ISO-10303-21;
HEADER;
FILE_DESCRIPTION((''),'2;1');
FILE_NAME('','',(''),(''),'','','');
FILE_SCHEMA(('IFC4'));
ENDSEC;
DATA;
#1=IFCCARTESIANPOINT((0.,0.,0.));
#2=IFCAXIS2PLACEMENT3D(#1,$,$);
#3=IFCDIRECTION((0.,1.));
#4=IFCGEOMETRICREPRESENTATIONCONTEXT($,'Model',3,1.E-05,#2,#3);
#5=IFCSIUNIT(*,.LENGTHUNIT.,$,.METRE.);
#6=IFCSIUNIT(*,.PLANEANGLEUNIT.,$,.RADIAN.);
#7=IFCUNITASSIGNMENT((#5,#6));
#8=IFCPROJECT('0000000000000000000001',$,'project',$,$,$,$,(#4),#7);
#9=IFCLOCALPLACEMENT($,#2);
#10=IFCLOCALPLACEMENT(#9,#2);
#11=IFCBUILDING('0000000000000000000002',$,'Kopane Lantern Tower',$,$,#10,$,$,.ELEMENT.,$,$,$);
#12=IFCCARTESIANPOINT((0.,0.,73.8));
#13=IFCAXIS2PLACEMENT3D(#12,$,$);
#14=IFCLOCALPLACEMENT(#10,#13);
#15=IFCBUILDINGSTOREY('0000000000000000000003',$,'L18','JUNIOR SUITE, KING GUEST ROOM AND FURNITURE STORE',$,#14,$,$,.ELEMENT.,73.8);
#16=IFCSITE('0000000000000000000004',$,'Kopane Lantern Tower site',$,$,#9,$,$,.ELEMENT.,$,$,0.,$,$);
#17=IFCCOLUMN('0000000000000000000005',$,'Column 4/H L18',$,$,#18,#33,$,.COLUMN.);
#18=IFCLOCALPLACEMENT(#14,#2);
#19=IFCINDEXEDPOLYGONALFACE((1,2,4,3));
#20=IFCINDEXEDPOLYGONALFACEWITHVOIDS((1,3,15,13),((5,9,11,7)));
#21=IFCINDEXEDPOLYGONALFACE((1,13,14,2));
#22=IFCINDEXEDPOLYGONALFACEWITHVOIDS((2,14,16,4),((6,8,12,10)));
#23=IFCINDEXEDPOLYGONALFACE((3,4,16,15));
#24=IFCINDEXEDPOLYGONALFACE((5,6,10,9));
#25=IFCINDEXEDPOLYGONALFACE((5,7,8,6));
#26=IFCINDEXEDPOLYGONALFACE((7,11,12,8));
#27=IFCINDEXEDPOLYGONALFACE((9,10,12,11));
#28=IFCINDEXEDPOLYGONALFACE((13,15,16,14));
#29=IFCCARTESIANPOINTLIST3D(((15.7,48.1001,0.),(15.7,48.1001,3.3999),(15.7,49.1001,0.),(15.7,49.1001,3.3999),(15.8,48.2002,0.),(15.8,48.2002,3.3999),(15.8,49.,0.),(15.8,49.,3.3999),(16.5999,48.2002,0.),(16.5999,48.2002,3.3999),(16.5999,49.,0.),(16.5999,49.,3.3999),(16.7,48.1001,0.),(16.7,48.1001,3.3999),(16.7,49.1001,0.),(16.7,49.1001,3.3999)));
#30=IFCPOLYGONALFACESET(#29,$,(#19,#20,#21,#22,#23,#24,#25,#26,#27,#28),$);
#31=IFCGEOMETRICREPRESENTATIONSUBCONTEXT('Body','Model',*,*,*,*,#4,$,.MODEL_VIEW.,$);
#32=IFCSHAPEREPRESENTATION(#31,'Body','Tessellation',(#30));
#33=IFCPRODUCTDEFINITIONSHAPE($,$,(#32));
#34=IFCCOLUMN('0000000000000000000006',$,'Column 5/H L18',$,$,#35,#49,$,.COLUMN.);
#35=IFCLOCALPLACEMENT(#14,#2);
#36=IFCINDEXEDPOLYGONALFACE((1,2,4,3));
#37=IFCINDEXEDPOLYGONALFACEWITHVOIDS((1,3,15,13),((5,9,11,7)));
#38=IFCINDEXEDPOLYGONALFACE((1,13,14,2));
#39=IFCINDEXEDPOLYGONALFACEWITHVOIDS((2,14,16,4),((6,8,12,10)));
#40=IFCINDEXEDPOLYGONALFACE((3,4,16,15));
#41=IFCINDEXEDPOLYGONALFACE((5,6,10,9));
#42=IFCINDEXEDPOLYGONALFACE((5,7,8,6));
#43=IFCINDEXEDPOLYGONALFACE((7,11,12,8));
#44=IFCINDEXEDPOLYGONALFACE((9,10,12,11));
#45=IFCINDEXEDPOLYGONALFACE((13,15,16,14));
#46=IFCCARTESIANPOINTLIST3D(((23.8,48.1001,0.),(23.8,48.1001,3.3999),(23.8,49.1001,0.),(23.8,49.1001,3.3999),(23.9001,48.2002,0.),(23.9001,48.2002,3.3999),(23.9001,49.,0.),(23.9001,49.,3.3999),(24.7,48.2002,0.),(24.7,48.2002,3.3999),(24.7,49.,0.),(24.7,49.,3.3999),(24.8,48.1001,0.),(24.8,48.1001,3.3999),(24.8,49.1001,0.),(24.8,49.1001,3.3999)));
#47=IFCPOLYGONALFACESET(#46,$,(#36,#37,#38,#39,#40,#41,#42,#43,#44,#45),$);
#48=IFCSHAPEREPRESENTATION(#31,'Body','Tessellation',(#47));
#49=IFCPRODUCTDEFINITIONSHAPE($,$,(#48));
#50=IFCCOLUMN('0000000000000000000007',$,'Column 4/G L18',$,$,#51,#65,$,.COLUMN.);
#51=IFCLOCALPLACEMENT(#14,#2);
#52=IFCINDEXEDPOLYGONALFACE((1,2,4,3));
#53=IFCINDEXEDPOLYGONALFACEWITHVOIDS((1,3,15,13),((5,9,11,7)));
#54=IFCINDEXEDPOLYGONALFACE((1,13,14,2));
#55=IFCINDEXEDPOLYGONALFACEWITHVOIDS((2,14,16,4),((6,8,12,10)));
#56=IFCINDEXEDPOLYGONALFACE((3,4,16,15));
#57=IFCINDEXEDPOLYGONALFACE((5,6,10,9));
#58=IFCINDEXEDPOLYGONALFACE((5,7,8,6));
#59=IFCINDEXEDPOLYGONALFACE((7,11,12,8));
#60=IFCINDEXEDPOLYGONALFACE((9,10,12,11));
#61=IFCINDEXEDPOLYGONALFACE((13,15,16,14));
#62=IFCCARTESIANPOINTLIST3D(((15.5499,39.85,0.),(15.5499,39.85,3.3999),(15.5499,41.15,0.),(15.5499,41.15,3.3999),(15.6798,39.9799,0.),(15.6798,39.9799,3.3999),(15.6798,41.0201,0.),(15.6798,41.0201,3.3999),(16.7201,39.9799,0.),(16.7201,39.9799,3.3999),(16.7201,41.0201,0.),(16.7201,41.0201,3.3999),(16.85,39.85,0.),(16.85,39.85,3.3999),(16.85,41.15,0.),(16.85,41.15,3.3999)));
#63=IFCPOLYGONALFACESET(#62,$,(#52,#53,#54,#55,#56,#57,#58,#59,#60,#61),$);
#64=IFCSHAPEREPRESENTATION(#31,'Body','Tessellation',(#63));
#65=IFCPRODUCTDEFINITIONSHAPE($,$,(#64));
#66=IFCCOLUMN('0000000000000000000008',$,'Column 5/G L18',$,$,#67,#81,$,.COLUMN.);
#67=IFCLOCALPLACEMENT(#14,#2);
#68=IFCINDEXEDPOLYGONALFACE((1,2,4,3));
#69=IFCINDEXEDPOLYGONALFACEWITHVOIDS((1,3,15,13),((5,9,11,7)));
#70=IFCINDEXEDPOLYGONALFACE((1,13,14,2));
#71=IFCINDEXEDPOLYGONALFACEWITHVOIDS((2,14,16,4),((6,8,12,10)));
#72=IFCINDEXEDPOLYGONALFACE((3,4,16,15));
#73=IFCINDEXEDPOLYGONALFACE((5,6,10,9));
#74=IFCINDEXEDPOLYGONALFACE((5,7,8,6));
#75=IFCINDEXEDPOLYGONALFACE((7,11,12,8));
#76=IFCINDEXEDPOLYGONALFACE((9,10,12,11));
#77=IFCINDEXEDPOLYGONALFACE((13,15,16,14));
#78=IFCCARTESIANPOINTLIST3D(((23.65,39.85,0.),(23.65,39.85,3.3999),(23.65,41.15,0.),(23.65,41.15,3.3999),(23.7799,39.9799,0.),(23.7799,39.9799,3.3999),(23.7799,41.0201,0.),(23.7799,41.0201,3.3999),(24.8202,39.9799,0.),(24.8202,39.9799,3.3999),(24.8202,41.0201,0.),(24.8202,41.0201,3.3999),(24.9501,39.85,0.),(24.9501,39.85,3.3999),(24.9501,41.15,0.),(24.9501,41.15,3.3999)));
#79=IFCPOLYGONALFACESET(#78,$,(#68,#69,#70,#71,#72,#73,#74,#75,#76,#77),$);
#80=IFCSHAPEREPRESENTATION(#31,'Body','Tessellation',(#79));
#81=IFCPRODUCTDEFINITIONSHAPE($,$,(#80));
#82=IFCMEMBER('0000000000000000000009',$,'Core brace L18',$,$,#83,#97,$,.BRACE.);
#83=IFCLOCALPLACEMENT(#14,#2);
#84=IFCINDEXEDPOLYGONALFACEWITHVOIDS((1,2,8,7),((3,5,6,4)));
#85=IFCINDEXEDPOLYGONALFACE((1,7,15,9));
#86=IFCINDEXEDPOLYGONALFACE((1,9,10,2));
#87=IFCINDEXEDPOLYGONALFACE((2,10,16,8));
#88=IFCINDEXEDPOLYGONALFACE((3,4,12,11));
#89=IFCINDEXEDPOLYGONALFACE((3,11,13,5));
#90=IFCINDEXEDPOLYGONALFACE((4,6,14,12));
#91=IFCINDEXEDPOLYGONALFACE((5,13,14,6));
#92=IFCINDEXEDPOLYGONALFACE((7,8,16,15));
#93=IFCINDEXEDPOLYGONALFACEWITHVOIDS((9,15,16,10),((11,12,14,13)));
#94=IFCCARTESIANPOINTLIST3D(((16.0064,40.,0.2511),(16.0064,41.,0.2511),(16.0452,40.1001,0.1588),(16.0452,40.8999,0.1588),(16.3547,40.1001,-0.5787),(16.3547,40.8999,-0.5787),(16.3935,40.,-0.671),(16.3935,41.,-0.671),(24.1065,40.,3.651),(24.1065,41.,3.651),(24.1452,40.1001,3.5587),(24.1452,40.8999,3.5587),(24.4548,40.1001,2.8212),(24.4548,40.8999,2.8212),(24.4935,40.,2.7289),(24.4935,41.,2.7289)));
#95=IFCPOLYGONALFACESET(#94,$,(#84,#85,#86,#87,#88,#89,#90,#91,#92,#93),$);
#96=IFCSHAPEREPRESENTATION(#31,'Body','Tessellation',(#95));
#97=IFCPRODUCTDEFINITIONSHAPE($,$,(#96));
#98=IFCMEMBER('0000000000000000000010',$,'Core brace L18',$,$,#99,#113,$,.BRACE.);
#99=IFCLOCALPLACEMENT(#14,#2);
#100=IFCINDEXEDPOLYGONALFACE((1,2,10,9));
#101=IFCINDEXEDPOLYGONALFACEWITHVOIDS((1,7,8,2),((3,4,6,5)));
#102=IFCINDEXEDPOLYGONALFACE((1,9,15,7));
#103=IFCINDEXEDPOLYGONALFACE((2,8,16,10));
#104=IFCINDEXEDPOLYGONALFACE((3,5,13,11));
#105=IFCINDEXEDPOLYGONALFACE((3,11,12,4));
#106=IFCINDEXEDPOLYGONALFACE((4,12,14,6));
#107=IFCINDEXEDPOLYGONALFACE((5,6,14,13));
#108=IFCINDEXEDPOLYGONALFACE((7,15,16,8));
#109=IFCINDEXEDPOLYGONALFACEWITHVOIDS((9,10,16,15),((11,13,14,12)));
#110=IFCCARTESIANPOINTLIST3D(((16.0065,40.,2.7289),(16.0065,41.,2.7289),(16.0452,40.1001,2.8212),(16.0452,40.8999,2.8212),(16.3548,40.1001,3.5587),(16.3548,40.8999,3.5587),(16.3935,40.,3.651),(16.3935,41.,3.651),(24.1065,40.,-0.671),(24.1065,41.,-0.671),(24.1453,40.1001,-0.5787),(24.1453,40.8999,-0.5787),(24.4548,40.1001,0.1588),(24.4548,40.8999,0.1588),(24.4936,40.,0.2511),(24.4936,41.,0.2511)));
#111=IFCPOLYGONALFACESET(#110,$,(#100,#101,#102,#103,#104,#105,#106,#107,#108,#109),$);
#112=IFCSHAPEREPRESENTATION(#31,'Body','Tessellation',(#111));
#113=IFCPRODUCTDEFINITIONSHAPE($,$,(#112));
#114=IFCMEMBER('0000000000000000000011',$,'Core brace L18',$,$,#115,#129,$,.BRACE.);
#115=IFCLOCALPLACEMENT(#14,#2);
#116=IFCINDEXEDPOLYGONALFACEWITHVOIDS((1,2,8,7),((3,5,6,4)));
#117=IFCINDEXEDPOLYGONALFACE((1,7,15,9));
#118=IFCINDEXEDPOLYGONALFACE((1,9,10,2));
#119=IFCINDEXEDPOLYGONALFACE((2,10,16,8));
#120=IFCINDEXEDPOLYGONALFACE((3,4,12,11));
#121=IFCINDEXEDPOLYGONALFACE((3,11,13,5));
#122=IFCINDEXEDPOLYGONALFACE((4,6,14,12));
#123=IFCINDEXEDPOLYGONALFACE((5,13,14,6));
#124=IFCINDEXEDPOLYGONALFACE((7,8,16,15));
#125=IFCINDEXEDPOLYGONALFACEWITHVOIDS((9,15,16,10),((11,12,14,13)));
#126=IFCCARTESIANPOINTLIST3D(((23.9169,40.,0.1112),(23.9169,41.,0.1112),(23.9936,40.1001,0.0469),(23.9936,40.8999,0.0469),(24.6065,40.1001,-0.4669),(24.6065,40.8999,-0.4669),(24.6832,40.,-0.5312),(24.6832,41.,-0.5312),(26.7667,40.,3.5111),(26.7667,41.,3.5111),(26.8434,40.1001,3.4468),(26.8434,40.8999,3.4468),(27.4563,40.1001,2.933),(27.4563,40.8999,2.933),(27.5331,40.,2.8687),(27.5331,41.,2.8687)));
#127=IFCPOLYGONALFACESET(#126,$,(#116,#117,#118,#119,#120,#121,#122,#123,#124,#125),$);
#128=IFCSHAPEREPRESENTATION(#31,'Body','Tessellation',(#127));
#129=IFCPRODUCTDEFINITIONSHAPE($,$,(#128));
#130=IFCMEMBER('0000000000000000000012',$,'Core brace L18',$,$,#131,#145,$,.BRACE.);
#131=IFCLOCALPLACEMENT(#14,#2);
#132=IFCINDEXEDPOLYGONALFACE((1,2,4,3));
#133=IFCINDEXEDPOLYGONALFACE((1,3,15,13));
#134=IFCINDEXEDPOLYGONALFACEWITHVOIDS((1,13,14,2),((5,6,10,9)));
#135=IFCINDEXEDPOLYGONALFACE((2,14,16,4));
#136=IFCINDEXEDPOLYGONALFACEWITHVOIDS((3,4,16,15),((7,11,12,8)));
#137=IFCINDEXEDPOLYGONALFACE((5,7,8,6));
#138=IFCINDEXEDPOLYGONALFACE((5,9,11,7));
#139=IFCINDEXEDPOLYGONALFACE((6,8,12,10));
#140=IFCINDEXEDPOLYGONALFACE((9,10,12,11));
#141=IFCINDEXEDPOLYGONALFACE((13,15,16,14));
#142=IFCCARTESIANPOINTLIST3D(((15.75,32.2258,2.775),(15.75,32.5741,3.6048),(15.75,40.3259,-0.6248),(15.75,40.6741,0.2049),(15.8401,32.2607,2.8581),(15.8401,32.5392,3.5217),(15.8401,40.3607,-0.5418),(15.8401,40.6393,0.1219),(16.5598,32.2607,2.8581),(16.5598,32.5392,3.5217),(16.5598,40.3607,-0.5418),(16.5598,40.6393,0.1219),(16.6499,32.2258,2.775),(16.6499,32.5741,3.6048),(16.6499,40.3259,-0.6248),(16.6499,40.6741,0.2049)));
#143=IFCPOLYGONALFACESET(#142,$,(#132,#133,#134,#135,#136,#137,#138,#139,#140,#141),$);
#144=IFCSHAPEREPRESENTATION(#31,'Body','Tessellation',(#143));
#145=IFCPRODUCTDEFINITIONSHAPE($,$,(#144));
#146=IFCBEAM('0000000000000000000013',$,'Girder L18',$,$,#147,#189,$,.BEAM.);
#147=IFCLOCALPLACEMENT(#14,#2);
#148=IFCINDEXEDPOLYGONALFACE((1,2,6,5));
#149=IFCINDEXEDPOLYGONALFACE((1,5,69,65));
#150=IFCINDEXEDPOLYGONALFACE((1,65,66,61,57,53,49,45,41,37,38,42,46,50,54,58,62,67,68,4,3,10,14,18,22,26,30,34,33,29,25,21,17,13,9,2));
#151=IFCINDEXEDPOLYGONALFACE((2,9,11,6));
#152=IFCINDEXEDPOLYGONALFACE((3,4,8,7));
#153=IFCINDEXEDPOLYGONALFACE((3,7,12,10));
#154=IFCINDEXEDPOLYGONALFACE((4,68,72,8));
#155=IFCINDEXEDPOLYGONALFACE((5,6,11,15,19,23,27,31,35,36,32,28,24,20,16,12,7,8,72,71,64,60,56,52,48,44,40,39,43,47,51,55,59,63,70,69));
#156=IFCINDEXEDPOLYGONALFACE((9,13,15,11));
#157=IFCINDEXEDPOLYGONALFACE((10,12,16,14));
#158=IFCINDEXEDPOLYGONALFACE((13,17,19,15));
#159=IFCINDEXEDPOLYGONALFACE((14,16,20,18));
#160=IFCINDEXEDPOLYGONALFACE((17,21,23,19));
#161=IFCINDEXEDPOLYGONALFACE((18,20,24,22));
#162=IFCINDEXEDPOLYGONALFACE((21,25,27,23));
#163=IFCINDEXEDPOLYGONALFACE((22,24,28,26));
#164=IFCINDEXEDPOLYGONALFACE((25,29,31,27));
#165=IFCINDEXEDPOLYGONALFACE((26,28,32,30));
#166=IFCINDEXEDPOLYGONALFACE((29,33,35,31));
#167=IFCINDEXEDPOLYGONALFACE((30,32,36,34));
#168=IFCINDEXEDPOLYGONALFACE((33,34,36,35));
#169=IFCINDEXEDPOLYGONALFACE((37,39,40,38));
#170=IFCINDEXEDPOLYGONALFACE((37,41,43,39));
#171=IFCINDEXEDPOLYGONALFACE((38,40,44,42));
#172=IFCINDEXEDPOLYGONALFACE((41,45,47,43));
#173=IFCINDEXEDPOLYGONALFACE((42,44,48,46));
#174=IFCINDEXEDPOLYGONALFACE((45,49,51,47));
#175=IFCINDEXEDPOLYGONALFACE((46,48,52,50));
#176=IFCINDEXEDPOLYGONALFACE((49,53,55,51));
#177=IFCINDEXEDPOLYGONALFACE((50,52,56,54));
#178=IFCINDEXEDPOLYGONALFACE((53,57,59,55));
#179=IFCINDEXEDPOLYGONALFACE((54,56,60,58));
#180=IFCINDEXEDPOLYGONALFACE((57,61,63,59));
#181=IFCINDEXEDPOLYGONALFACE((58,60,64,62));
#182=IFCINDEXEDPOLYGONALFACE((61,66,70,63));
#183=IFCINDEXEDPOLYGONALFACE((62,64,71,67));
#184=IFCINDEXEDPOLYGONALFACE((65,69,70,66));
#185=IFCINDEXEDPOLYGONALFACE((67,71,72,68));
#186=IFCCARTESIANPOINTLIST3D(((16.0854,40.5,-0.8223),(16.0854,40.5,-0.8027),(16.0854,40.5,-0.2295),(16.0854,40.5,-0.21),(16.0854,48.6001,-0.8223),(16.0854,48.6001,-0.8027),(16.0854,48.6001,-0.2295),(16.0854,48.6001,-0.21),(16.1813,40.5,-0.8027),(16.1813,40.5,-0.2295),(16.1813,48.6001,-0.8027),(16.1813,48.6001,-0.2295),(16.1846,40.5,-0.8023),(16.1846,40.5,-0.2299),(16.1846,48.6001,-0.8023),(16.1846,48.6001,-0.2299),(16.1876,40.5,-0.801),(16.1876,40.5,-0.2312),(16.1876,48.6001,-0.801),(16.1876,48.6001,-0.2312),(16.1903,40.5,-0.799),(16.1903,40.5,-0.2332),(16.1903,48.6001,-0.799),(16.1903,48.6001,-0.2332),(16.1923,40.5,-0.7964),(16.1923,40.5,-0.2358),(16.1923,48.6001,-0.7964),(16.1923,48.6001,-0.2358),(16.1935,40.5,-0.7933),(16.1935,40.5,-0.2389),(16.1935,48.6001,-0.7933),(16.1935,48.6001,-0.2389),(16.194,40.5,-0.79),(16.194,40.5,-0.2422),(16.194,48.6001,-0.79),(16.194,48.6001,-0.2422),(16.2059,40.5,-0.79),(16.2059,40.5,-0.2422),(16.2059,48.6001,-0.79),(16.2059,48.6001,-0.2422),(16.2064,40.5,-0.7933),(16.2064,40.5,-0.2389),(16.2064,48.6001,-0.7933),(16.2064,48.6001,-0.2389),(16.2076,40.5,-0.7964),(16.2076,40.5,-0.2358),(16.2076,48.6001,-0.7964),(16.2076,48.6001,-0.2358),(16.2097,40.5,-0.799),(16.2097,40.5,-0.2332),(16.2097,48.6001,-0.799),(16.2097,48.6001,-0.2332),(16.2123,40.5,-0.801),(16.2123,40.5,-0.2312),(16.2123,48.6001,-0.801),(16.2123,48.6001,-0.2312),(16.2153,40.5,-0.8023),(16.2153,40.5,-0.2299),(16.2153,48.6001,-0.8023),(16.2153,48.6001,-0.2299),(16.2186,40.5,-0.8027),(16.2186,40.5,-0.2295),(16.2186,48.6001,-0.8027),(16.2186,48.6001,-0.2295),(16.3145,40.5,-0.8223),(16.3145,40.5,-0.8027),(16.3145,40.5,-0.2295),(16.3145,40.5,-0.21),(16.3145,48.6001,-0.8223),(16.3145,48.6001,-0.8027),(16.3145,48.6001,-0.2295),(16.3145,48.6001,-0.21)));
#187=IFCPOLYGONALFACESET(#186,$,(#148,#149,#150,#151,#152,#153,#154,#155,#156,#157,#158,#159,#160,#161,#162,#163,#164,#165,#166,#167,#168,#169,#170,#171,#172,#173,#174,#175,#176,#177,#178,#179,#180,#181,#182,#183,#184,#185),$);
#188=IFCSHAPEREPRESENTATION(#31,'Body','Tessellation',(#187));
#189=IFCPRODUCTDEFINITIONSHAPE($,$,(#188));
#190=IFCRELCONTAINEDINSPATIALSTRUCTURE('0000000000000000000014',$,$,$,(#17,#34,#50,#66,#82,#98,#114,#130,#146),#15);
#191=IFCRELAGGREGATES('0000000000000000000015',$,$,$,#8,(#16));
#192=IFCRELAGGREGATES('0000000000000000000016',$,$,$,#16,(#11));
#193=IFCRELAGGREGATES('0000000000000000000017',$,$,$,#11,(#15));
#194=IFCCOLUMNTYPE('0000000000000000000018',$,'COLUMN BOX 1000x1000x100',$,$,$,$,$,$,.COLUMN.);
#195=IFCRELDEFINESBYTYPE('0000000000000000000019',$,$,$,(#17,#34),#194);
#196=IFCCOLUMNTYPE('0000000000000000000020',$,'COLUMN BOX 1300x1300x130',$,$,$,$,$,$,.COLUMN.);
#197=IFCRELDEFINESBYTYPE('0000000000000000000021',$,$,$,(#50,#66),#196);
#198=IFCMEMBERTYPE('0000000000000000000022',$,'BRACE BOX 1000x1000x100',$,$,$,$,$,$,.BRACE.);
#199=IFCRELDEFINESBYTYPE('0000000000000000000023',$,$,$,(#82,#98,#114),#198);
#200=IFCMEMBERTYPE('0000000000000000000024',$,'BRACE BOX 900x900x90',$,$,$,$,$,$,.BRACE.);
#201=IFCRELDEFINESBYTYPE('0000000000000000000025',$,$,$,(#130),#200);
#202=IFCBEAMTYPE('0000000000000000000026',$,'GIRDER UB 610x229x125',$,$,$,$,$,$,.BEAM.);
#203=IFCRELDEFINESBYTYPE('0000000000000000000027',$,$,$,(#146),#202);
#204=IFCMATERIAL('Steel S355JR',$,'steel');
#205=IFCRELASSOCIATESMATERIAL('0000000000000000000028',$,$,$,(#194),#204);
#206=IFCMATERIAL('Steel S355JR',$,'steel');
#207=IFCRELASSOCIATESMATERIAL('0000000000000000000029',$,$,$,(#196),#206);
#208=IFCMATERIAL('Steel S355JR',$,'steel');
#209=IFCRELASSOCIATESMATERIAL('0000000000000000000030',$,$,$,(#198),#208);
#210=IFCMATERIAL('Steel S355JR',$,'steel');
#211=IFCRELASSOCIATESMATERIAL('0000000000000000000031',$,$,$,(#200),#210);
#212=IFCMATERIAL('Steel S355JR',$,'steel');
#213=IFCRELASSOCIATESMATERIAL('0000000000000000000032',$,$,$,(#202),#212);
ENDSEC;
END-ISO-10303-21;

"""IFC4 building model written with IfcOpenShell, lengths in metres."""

from ifc_helpers import new_model, si_unit, direction, frame, origin, origin_2d, place, context, subcontext, project, spatial, hollow_rectangle, i_section, extrude, material, material_profile, profile_set, type_object, element, save


model = new_model("IFC4")

# Units and contexts
model_context = context("Model", 3, precision=1e-05, world=origin(), true_north=direction((0.0, 1.0)))
body_context = subcontext(model_context, "Body", "Model", "MODEL_VIEW")
ifc_project = project(units=[si_unit("LENGTHUNIT", "METRE"), si_unit("PLANEANGLEUNIT", "RADIAN")], contexts=[model_context])

# Site, building, storey
site_placement = place(None, origin())
site = spatial("IfcSite", under=ifc_project, at=site_placement, Name="Kopane Lantern Tower site", CompositionType="ELEMENT", RefElevation=0.0)
building_placement = place(site_placement, origin())
building = spatial("IfcBuilding", under=site, at=building_placement, Name="Kopane Lantern Tower", CompositionType="ELEMENT")
storey_placement = place(building_placement, frame((0.0, 0.0, 73.8)))
storey = spatial("IfcBuildingStorey", under=building, at=storey_placement, Name="L18", Description="JUNIOR SUITE, KING GUEST ROOM AND FURNITURE STORE", CompositionType="ELEMENT", Elevation=73.8)

# Columns
ifc_material_1 = material(Name="Steel S355JR", Category="steel")
ifc_material_profile_1 = material_profile(ifc_material_1, hollow_rectangle(XDim=1.0, YDim=1.0, WallThickness=0.1001, at=origin_2d()), Name="BOX 1000x1000x100")
ifc_profile_set_1 = profile_set([ifc_material_profile_1], Name="Steel S355JR")
column_type_1 = type_object("IfcColumnType", Name="COLUMN BOX 1000x1000x100", PredefinedType="COLUMN", material=ifc_profile_set_1)
for number, where, z_axis, x_axis, name in (
    (1, (16.2, 48.6001, 0.0), (0.0, 0.0, 1.0), (1.0, 0.0, 0.0), "Column 4/H L18"),
    (2, (24.3, 48.6001, 0.0), (0.0, 0.0, 1.0), (1.0, 0.0, 0.0), "Column 5/H L18"),
):
    element("IfcColumn", number, at=place(storey_placement, frame(where, z_axis=z_axis, x_axis=x_axis)), inside=storey, type_object=column_type_1, Name=name, PredefinedType="COLUMN", context=body_context, shape_type="SweptSolid", body=[
        extrude(hollow_rectangle(XDim=1.0, YDim=1.0, WallThickness=0.1001, at=origin_2d()), origin(), (0.0, 0.0, 1.0), 3.3999),
    ])
ifc_material_2 = material(Name="Steel S355JR", Category="steel")
ifc_material_profile_2 = material_profile(ifc_material_2, hollow_rectangle(XDim=1.3, YDim=1.3, WallThickness=0.1299, at=origin_2d()), Name="BOX 1300x1300x130")
ifc_profile_set_2 = profile_set([ifc_material_profile_2], Name="Steel S355JR")
column_type_2 = type_object("IfcColumnType", Name="COLUMN BOX 1300x1300x130", PredefinedType="COLUMN", material=ifc_profile_set_2)
for number, where, z_axis, x_axis, name in (
    (3, (16.2, 40.5, 0.0), (0.0, 0.0, 1.0), (1.0, 0.0, 0.0), "Column 4/G L18"),
    (4, (24.3, 40.5, 0.0), (0.0, 0.0, 1.0), (1.0, 0.0, 0.0), "Column 5/G L18"),
):
    element("IfcColumn", number, at=place(storey_placement, frame(where, z_axis=z_axis, x_axis=x_axis)), inside=storey, type_object=column_type_2, Name=name, PredefinedType="COLUMN", context=body_context, shape_type="SweptSolid", body=[
        extrude(hollow_rectangle(XDim=1.3, YDim=1.3, WallThickness=0.1299, at=origin_2d()), origin(), (0.0, 0.0, 1.0), 3.3999),
    ])

# Members
ifc_material_3 = material(Name="Steel S355JR", Category="steel")
ifc_material_profile_3 = material_profile(ifc_material_3, hollow_rectangle(XDim=1.0, YDim=1.0, WallThickness=0.1001, at=origin_2d()), Name="BOX 1000x1000x100")
ifc_profile_set_3 = profile_set([ifc_material_profile_3], Name="Steel S355JR")
member_type_1 = type_object("IfcMemberType", Name="BRACE BOX 1000x1000x100", PredefinedType="BRACE", material=ifc_profile_set_3)
for number, where, z_axis, x_axis, name in (
    (5, (16.2, 40.5, -0.21), (0.922069, 0.0, 0.387026), (0.0, 1.0, 0.0), "Core brace L18"),
    (6, (24.3, 40.5, -0.21), (-0.922069, 0.0, 0.387026), (0.0, -1.0, 0.0), "Core brace L18"),
):
    element("IfcMember", number, at=place(storey_placement, frame(where, z_axis=z_axis, x_axis=x_axis)), inside=storey, type_object=member_type_1, Name=name, PredefinedType="BRACE", context=body_context, shape_type="SweptSolid", body=[
        extrude(hollow_rectangle(XDim=1.0, YDim=1.0, WallThickness=0.1001, at=origin_2d()), origin(), (0.0, 0.0, 1.0), 8.7847),
    ])
member_1_placement = place(storey_placement, frame((24.3, 40.5, -0.21), z_axis=(0.64239, 0.0, 0.766378), x_axis=(0.0, 1.0, 0.0)))
element("IfcMember", 7, at=member_1_placement, inside=storey, type_object=member_type_1, Name="Core brace L18", PredefinedType="BRACE", context=body_context, shape_type="SweptSolid", body=[
    extrude(hollow_rectangle(XDim=1.0, YDim=1.0, WallThickness=0.1001, at=origin_2d()), origin(), (0.0, 0.0, 1.0), 4.4363),
])
ifc_material_4 = material(Name="Steel S355JR", Category="steel")
ifc_material_profile_4 = material_profile(ifc_material_4, hollow_rectangle(XDim=0.8999, YDim=0.8999, WallThickness=0.0901, at=origin_2d()), Name="BOX 900x900x90")
ifc_profile_set_4 = profile_set([ifc_material_profile_4], Name="Steel S355JR")
member_type_2 = type_object("IfcMemberType", Name="BRACE BOX 900x900x90", PredefinedType="BRACE", material=ifc_profile_set_4)
member_2_placement = place(storey_placement, frame((16.2, 40.5, -0.21), z_axis=(0.0, -0.922069, 0.387026), x_axis=(1.0, 0.0, 0.0)))
element("IfcMember", 8, at=member_2_placement, inside=storey, type_object=member_type_2, Name="Core brace L18", PredefinedType="BRACE", context=body_context, shape_type="SweptSolid", body=[
    extrude(hollow_rectangle(XDim=0.8999, YDim=0.8999, WallThickness=0.0901, at=origin_2d()), origin(), (0.0, 0.0, 1.0), 8.7847),
])

# Beam
ifc_material_5 = material(Name="Steel S355JR", Category="steel")
ifc_material_profile_5 = material_profile(ifc_material_5, i_section(OverallWidth=0.229, OverallDepth=0.6123, WebThickness=0.012, FlangeThickness=0.0195, FilletRadius=0.0127, at=origin_2d()), Name="UB 610x229x125")
ifc_profile_set_5 = profile_set([ifc_material_profile_5], Name="Steel S355JR")
beam_type_1 = type_object("IfcBeamType", Name="GIRDER UB 610x229x125", PredefinedType="BEAM", material=ifc_profile_set_5)
for number, where, z_axis, x_axis, name in (
    (9, (16.2, 40.5, -0.5161), (0.0, 1.0, 0.0), (-1.0, 0.0, 0.0), "Girder L18"),
):
    element("IfcBeam", number, at=place(storey_placement, frame(where, z_axis=z_axis, x_axis=x_axis)), inside=storey, type_object=beam_type_1, Name=name, PredefinedType="BEAM", context=body_context, shape_type="SweptSolid", body=[
        extrude(i_section(OverallWidth=0.229, OverallDepth=0.6123, WebThickness=0.012, FlangeThickness=0.0195, FilletRadius=0.0127, at=origin_2d()), origin(), (0.0, 0.0, 1.0), 8.1001),
    ])

save(model, "model.ifc")
